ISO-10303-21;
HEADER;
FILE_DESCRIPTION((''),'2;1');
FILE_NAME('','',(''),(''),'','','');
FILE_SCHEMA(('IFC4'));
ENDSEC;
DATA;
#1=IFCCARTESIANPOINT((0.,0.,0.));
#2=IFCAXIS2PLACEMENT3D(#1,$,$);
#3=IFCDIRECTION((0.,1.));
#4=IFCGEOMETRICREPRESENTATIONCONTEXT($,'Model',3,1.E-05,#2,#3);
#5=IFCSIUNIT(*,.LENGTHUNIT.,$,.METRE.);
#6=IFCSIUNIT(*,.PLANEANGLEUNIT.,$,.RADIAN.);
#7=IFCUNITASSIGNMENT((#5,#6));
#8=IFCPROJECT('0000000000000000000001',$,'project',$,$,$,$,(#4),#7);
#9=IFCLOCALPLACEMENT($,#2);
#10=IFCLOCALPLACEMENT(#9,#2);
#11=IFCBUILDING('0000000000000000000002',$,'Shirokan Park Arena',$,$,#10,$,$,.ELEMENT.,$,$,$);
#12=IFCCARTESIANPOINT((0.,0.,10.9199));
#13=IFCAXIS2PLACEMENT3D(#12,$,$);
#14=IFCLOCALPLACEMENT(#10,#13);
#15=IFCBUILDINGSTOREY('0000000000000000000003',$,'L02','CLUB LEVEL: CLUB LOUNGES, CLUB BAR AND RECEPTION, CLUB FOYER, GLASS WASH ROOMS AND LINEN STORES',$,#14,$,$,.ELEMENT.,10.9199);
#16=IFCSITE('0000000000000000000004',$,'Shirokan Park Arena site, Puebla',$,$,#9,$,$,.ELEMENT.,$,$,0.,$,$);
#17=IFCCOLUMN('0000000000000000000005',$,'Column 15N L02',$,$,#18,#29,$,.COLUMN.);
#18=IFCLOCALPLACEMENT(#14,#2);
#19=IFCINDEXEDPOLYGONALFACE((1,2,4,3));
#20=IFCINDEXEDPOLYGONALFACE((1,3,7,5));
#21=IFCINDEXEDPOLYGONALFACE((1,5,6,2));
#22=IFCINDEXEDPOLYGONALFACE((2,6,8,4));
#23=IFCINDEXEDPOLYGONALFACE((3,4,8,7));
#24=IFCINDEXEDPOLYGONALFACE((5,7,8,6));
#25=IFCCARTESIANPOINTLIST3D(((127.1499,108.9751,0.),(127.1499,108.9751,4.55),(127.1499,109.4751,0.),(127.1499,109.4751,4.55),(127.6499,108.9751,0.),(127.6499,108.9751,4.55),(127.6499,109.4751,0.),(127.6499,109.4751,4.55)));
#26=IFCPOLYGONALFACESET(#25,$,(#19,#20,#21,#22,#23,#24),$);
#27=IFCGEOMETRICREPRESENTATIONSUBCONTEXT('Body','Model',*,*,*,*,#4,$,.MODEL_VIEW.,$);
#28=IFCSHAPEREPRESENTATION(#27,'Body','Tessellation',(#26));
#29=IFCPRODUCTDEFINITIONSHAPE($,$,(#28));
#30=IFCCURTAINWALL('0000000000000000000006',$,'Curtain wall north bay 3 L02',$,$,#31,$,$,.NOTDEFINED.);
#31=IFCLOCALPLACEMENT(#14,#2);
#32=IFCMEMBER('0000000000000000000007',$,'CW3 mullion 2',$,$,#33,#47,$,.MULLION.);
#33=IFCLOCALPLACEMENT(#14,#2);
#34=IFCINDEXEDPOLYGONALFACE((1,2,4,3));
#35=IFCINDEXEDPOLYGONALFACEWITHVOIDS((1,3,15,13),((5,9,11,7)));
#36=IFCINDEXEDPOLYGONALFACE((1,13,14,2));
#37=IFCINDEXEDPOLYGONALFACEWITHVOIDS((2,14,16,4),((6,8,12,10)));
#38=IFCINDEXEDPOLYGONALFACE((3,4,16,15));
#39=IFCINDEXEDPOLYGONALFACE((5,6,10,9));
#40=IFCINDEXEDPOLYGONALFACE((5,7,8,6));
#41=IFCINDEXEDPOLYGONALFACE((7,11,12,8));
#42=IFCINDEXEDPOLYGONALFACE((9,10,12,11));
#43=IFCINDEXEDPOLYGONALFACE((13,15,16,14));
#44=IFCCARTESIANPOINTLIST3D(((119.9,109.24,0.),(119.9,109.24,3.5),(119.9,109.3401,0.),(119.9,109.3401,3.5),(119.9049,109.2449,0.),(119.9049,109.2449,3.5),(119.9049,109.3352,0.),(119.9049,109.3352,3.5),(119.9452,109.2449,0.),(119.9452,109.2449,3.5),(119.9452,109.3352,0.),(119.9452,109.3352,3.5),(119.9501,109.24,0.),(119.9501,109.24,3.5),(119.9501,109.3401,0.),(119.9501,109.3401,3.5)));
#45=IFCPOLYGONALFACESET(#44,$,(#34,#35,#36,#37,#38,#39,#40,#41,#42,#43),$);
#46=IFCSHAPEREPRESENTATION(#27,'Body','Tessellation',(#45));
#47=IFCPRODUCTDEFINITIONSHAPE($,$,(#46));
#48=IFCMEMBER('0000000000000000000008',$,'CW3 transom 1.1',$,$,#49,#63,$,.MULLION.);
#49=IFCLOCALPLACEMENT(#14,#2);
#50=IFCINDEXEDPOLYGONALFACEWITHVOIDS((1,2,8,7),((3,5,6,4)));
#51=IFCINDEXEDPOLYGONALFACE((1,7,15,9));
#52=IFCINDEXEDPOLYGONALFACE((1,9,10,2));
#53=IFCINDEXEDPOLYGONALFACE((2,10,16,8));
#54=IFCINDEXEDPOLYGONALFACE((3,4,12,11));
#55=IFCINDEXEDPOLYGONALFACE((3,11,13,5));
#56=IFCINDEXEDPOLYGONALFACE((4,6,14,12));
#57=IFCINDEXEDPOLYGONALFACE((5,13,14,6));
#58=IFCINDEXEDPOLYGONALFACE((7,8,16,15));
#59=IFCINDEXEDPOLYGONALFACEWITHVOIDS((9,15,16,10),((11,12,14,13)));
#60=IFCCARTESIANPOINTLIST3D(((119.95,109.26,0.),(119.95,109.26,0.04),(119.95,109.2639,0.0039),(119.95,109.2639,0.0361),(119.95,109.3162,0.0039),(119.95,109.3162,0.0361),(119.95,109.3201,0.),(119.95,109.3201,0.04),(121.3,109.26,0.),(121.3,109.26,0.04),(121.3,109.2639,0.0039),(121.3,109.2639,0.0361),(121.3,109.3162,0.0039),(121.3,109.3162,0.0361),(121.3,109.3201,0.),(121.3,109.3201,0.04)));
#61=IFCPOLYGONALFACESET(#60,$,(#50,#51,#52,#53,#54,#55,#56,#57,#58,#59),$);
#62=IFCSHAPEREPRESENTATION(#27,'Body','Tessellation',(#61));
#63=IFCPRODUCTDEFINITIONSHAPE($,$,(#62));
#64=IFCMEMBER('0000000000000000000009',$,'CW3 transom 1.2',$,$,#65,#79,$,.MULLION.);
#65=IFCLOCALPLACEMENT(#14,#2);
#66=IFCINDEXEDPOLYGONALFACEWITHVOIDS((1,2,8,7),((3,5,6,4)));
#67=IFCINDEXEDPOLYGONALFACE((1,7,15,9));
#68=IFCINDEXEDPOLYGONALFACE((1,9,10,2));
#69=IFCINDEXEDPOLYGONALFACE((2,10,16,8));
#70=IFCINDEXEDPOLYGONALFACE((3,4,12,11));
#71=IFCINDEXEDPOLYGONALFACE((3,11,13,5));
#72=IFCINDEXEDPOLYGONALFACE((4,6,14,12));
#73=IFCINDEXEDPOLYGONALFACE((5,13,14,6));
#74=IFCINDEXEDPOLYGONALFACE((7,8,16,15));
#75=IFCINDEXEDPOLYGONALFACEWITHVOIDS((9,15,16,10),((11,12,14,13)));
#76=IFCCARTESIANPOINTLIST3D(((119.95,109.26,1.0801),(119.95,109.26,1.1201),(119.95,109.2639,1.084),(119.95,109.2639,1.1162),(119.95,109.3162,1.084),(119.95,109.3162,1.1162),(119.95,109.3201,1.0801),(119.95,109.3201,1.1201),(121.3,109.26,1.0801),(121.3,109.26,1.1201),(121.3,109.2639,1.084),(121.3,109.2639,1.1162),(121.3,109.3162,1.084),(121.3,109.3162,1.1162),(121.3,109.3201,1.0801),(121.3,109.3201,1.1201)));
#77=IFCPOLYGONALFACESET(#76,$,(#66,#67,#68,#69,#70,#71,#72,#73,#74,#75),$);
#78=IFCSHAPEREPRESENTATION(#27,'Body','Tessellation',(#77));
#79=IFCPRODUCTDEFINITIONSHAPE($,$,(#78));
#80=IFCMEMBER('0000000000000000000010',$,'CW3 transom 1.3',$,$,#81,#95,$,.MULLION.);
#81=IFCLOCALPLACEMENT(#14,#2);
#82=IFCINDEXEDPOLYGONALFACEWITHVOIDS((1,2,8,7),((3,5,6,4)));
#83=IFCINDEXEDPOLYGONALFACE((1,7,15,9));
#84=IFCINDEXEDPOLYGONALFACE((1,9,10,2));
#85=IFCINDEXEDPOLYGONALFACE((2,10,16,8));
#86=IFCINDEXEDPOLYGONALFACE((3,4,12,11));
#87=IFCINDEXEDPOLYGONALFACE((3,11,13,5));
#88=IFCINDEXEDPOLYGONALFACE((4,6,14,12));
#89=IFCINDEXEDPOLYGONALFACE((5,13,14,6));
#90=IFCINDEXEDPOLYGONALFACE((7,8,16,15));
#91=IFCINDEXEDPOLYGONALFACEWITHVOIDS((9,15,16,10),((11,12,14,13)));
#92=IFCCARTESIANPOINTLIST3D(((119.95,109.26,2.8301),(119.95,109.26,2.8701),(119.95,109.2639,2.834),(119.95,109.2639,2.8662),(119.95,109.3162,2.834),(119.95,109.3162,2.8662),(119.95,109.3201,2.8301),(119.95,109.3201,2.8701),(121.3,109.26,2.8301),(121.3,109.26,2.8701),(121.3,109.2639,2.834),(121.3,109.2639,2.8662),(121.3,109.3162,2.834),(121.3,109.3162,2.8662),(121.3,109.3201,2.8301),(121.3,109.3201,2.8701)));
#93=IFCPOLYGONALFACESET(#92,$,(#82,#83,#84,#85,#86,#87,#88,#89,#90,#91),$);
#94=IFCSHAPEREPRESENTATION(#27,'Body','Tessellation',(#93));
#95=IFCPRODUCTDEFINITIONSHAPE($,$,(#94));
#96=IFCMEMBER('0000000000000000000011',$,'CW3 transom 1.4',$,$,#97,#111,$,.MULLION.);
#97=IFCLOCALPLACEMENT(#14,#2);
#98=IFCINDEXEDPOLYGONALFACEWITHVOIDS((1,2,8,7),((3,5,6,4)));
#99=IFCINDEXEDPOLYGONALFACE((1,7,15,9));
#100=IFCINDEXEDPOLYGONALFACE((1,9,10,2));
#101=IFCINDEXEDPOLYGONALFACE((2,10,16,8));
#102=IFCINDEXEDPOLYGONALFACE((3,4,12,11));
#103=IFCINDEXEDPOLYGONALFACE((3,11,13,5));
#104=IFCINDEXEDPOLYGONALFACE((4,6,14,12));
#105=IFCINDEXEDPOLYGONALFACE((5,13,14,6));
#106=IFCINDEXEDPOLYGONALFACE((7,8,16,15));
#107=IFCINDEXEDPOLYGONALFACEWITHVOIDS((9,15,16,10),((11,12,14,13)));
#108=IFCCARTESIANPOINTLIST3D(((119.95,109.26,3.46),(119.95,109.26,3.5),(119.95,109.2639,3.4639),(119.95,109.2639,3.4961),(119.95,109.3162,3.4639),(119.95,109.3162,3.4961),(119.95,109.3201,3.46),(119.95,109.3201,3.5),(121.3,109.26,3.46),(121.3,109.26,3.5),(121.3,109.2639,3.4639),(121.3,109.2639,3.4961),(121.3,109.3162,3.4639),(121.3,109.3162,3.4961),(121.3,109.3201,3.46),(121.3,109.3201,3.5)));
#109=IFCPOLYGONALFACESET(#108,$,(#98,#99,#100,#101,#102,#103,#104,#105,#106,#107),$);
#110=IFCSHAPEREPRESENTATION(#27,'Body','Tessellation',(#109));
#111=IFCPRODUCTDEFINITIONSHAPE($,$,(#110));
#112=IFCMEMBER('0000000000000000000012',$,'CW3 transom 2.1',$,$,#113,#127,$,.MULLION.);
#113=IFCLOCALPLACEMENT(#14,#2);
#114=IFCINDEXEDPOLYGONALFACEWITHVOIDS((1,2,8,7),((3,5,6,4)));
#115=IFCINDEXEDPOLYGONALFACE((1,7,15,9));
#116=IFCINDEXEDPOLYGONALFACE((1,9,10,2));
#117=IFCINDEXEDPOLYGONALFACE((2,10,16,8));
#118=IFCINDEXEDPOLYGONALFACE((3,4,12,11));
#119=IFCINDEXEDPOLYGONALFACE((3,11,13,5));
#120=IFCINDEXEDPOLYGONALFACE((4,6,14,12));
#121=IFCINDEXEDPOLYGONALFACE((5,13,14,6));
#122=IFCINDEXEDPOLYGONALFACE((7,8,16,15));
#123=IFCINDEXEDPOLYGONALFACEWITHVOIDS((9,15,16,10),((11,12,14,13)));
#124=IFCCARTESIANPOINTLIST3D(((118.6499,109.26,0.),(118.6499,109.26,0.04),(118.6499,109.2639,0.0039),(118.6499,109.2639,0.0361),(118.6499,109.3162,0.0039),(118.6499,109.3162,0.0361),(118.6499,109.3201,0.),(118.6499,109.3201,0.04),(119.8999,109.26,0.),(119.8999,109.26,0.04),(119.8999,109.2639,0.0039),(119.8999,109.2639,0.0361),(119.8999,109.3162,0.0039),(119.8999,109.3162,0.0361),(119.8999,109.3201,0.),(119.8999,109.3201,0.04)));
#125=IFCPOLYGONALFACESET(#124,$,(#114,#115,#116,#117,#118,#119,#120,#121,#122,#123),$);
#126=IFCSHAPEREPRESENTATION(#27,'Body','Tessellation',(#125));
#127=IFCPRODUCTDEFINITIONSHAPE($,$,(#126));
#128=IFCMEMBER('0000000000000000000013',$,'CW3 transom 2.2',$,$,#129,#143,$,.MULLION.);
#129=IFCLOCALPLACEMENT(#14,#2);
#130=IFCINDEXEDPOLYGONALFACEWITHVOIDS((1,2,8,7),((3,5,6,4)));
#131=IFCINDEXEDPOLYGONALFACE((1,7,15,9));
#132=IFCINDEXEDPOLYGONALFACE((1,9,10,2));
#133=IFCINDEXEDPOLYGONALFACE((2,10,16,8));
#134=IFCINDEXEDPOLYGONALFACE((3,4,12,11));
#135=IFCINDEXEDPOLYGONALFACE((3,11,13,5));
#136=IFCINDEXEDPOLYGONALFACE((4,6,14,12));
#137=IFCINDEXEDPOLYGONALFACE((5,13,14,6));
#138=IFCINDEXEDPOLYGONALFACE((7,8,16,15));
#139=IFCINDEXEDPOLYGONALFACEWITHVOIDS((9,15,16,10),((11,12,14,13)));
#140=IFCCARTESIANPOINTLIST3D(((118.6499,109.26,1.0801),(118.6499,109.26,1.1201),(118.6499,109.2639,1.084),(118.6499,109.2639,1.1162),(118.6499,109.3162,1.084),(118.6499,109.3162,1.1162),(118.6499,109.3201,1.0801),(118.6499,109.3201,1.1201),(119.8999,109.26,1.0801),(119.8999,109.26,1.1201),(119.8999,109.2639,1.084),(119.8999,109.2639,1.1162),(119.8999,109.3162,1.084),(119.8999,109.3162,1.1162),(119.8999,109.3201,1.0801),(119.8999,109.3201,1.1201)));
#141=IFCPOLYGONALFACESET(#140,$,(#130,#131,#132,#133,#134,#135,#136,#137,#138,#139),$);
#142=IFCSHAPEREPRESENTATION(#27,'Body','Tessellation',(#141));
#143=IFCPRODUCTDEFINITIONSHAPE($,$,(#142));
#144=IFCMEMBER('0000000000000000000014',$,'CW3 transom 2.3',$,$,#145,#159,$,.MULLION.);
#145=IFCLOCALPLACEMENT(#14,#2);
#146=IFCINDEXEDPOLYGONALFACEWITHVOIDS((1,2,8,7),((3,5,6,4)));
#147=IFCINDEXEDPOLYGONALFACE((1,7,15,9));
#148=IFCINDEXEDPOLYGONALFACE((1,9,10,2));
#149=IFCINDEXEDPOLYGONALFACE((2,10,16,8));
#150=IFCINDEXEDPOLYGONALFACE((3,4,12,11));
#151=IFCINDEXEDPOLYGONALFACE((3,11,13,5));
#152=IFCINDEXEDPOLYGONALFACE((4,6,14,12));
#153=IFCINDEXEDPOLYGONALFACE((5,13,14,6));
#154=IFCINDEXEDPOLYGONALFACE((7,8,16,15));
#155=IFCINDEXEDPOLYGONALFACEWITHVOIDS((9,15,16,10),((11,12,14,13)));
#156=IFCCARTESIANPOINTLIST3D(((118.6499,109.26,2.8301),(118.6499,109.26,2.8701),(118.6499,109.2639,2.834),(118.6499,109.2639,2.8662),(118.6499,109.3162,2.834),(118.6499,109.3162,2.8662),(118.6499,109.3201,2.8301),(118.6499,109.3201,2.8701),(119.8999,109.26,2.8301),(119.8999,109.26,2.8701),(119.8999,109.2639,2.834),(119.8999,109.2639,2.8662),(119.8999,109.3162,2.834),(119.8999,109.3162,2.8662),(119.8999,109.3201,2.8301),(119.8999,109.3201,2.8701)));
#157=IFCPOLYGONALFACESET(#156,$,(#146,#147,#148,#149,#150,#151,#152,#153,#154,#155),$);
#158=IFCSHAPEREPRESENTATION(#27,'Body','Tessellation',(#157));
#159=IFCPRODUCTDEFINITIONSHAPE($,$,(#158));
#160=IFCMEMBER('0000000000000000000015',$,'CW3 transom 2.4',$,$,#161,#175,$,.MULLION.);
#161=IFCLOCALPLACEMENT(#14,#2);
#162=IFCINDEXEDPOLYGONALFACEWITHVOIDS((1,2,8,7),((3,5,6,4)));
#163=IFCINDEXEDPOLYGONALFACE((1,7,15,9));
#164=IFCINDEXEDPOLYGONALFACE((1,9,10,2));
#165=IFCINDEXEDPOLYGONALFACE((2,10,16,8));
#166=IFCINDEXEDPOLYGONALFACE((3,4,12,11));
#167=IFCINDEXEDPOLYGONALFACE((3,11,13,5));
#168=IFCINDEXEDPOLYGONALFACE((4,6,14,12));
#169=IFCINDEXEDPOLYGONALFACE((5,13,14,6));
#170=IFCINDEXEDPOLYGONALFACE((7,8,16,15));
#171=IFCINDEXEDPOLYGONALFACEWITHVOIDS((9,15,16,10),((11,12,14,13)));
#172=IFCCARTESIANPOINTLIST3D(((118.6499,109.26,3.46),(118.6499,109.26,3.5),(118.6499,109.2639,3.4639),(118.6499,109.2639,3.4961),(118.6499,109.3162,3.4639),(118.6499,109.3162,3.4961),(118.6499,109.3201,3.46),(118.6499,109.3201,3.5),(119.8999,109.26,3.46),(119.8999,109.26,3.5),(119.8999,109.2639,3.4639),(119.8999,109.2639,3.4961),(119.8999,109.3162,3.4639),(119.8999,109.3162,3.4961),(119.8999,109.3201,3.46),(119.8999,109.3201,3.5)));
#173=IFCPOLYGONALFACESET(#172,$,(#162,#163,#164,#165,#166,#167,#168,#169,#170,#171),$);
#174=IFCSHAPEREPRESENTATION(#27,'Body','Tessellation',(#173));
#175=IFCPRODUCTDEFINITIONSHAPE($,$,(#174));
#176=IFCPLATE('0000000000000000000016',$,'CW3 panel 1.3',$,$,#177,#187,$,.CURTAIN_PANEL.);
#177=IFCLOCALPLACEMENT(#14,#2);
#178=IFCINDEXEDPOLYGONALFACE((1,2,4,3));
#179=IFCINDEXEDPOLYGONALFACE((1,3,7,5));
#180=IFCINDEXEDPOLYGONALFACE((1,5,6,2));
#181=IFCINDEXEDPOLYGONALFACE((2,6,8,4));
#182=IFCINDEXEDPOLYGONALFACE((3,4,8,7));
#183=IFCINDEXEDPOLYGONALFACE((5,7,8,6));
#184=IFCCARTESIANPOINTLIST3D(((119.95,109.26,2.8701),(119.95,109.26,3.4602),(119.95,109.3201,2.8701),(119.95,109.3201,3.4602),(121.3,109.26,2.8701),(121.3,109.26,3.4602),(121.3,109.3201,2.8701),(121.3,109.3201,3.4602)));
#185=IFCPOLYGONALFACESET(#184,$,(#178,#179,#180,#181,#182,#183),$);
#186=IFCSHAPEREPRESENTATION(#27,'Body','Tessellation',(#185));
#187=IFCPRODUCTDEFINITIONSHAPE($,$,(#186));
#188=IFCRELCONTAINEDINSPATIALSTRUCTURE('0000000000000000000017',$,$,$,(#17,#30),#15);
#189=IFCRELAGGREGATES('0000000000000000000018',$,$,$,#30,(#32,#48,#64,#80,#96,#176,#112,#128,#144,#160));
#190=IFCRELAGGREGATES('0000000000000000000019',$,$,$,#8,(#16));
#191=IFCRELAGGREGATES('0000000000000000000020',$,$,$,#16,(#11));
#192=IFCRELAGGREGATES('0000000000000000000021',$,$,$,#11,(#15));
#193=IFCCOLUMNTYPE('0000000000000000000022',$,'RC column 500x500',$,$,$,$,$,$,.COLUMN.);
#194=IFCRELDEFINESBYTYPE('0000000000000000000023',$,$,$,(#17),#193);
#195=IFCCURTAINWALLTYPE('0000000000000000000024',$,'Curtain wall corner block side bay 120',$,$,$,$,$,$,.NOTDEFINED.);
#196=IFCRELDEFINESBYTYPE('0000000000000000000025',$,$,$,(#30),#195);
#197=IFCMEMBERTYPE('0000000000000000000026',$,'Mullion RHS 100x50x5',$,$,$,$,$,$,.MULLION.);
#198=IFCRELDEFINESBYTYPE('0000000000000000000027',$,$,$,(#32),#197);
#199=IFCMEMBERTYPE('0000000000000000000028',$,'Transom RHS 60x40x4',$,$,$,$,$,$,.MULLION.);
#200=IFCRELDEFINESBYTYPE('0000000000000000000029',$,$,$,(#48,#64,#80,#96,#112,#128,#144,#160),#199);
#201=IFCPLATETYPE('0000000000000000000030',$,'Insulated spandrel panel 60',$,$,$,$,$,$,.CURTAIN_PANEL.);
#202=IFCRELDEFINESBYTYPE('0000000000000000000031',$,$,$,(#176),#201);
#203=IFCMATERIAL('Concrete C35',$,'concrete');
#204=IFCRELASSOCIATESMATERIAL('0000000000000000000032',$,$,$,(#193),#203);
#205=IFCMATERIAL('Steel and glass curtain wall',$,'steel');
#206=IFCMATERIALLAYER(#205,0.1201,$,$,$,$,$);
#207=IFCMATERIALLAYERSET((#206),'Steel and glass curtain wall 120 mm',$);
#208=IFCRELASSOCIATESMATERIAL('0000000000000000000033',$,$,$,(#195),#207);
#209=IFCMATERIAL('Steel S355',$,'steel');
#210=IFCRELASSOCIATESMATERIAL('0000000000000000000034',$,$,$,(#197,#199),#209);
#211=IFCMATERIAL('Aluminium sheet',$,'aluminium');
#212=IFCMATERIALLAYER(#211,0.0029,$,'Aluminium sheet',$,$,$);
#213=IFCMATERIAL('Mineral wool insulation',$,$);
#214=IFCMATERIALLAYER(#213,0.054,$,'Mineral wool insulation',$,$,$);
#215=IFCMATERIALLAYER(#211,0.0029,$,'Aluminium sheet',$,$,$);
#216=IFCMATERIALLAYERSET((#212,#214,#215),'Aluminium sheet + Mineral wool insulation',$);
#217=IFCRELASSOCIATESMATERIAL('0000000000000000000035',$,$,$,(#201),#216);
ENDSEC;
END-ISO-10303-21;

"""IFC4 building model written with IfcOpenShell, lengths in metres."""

from ifc_helpers import new_model, si_unit, direction, frame, origin, origin_2d, place, context, subcontext, project, spatial, rectangle, hollow_rectangle, extrude, material, layer, layer_set, material_profile, profile_set, type_object, element, aggregate, save


model = new_model("IFC4")

# Units and contexts
model_context = context("Model", 3, precision=1e-05, world=origin(), true_north=direction((0.0, 1.0)))
body_context = subcontext(model_context, "Body", "Model", "MODEL_VIEW")
ifc_project = project(units=[si_unit("LENGTHUNIT", "METRE"), si_unit("PLANEANGLEUNIT", "RADIAN")], contexts=[model_context])

# Site, building, storey
site_placement = place(None, origin())
site = spatial("IfcSite", under=ifc_project, at=site_placement, Name="Shirokan Park Arena site, Puebla", CompositionType="ELEMENT", RefElevation=0.0)
building_placement = place(site_placement, origin())
building = spatial("IfcBuilding", under=site, at=building_placement, Name="Shirokan Park Arena", CompositionType="ELEMENT")
storey_placement = place(building_placement, frame((0.0, 0.0, 10.9199)))
storey = spatial("IfcBuildingStorey", under=building, at=storey_placement, Name="L02", Description="CLUB LEVEL: CLUB LOUNGES, CLUB BAR AND RECEPTION, CLUB FOYER, GLASS WASH ROOMS AND LINEN STORES", CompositionType="ELEMENT", Elevation=10.9199)

# Column
ifc_material_1 = material(Name="Concrete C35", Category="concrete")
ifc_material_profile_1 = material_profile(ifc_material_1, rectangle(XDim=0.5, YDim=0.5, at=origin_2d()), Name="500x500")
ifc_profile_set_1 = profile_set([ifc_material_profile_1], Name="Concrete C35")
column_type = type_object("IfcColumnType", Name="RC column 500x500", PredefinedType="COLUMN", material=ifc_profile_set_1)
column_placement = place(storey_placement, frame((127.3999, 109.2251, 0.0), z_axis=(0.0, 0.0, 1.0), x_axis=(1.0, 0.0, 0.0)))
element("IfcColumn", 1, at=column_placement, inside=storey, type_object=column_type, Name="Column 15N L02", PredefinedType="COLUMN", context=body_context, shape_type="SweptSolid", body=[
    extrude(rectangle(XDim=0.5, YDim=0.5, at=origin_2d()), origin(), (0.0, 0.0, 1.0), 4.55),
])

# Curtain wall, members, plate
ifc_material_2 = material(Name="Steel and glass curtain wall", Category="steel")
ifc_layer_1 = layer(ifc_material_2, 0.1201)
ifc_layer_set_1 = layer_set([ifc_layer_1], Name="Steel and glass curtain wall 120 mm")
curtain_wall_type = type_object("IfcCurtainWallType", Name="Curtain wall corner block side bay 120", PredefinedType="NOTDEFINED", material=ifc_layer_set_1)
curtain_wall_placement = place(storey_placement, origin())
curtain_wall = element("IfcCurtainWall", 2, at=curtain_wall_placement, inside=storey, type_object=curtain_wall_type, Name="Curtain wall north bay 3 L02", PredefinedType="NOTDEFINED")
ifc_material_3 = material(Name="Steel S355", Category="steel")
ifc_material_profile_2 = material_profile(ifc_material_3, hollow_rectangle(XDim=0.1001, YDim=0.05, WallThickness=0.0049, at=origin_2d()), Name="RHS 100x50x5")
ifc_profile_set_2 = profile_set([ifc_material_profile_2], Name="Steel S355")
member_type_1 = type_object("IfcMemberType", Name="Mullion RHS 100x50x5", PredefinedType="MULLION", material=ifc_profile_set_2)
member_1_placement = place(storey_placement, frame((119.925, 109.29, 0.0), z_axis=(0.0, 0.0, 1.0), x_axis=(0.0, -1.0, 0.0)))
member_1 = element("IfcMember", 3, at=member_1_placement, type_object=member_type_1, Name="CW3 mullion 2", PredefinedType="MULLION", context=body_context, shape_type="SweptSolid", body=[
    extrude(hollow_rectangle(XDim=0.1001, YDim=0.05, WallThickness=0.0049, at=origin_2d()), origin(), (0.0, 0.0, 1.0), 3.5),
])
ifc_material_profile_3 = material_profile(ifc_material_3, hollow_rectangle(XDim=0.0601, YDim=0.04, WallThickness=0.0039, at=origin_2d()), Name="RHS 60x40x4")
ifc_profile_set_3 = profile_set([ifc_material_profile_3], Name="Steel S355")
member_type_2 = type_object("IfcMemberType", Name="Transom RHS 60x40x4", PredefinedType="MULLION", material=ifc_profile_set_3)
member_2_placement = place(storey_placement, frame((121.3, 109.29, 0.02), z_axis=(-1.0, 0.0, 0.0), x_axis=(0.0, -1.0, 0.0)))
member_2 = element("IfcMember", 4, at=member_2_placement, type_object=member_type_2, Name="CW3 transom 1.1", PredefinedType="MULLION", context=body_context, shape_type="SweptSolid", body=[
    extrude(hollow_rectangle(XDim=0.0601, YDim=0.04, WallThickness=0.0039, at=origin_2d()), origin(), (0.0, 0.0, 1.0), 1.3501),
])
member_3_placement = place(storey_placement, frame((121.3, 109.29, 1.1001), z_axis=(-1.0, 0.0, 0.0), x_axis=(0.0, -1.0, 0.0)))
member_3 = element("IfcMember", 5, at=member_3_placement, type_object=member_type_2, Name="CW3 transom 1.2", PredefinedType="MULLION", context=body_context, shape_type="SweptSolid", body=[
    extrude(hollow_rectangle(XDim=0.0601, YDim=0.04, WallThickness=0.0039, at=origin_2d()), origin(), (0.0, 0.0, 1.0), 1.3501),
])
member_4_placement = place(storey_placement, frame((121.3, 109.29, 2.8501), z_axis=(-1.0, 0.0, 0.0), x_axis=(0.0, -1.0, 0.0)))
member_4 = element("IfcMember", 6, at=member_4_placement, type_object=member_type_2, Name="CW3 transom 1.3", PredefinedType="MULLION", context=body_context, shape_type="SweptSolid", body=[
    extrude(hollow_rectangle(XDim=0.0601, YDim=0.04, WallThickness=0.0039, at=origin_2d()), origin(), (0.0, 0.0, 1.0), 1.3501),
])
member_5_placement = place(storey_placement, frame((121.3, 109.29, 3.48), z_axis=(-1.0, 0.0, 0.0), x_axis=(0.0, -1.0, 0.0)))
member_5 = element("IfcMember", 7, at=member_5_placement, type_object=member_type_2, Name="CW3 transom 1.4", PredefinedType="MULLION", context=body_context, shape_type="SweptSolid", body=[
    extrude(hollow_rectangle(XDim=0.0601, YDim=0.04, WallThickness=0.0039, at=origin_2d()), origin(), (0.0, 0.0, 1.0), 1.3501),
])
member_6_placement = place(storey_placement, frame((119.8999, 109.29, 0.02), z_axis=(-1.0, 0.0, 0.0), x_axis=(0.0, -1.0, 0.0)))
member_6 = element("IfcMember", 8, at=member_6_placement, type_object=member_type_2, Name="CW3 transom 2.1", PredefinedType="MULLION", context=body_context, shape_type="SweptSolid", body=[
    extrude(hollow_rectangle(XDim=0.0601, YDim=0.04, WallThickness=0.0039, at=origin_2d()), origin(), (0.0, 0.0, 1.0), 1.25),
])
member_7_placement = place(storey_placement, frame((119.8999, 109.29, 1.1001), z_axis=(-1.0, 0.0, 0.0), x_axis=(0.0, -1.0, 0.0)))
member_7 = element("IfcMember", 9, at=member_7_placement, type_object=member_type_2, Name="CW3 transom 2.2", PredefinedType="MULLION", context=body_context, shape_type="SweptSolid", body=[
    extrude(hollow_rectangle(XDim=0.0601, YDim=0.04, WallThickness=0.0039, at=origin_2d()), origin(), (0.0, 0.0, 1.0), 1.25),
])
member_8_placement = place(storey_placement, frame((119.8999, 109.29, 2.8501), z_axis=(-1.0, 0.0, 0.0), x_axis=(0.0, -1.0, 0.0)))
member_8 = element("IfcMember", 10, at=member_8_placement, type_object=member_type_2, Name="CW3 transom 2.3", PredefinedType="MULLION", context=body_context, shape_type="SweptSolid", body=[
    extrude(hollow_rectangle(XDim=0.0601, YDim=0.04, WallThickness=0.0039, at=origin_2d()), origin(), (0.0, 0.0, 1.0), 1.25),
])
member_9_placement = place(storey_placement, frame((119.8999, 109.29, 3.48), z_axis=(-1.0, 0.0, 0.0), x_axis=(0.0, -1.0, 0.0)))
member_9 = element("IfcMember", 11, at=member_9_placement, type_object=member_type_2, Name="CW3 transom 2.4", PredefinedType="MULLION", context=body_context, shape_type="SweptSolid", body=[
    extrude(hollow_rectangle(XDim=0.0601, YDim=0.04, WallThickness=0.0039, at=origin_2d()), origin(), (0.0, 0.0, 1.0), 1.25),
])
ifc_material_4 = material(Name="Aluminium sheet", Category="aluminium")
ifc_layer_2 = layer(ifc_material_4, 0.0029, Name="Aluminium sheet")
ifc_material_5 = material(Name="Mineral wool insulation")
ifc_layer_3 = layer(ifc_material_5, 0.054, Name="Mineral wool insulation")
ifc_layer_4 = layer(ifc_material_4, 0.0029, Name="Aluminium sheet")
ifc_layer_set_2 = layer_set([ifc_layer_2, ifc_layer_3, ifc_layer_4], Name="Aluminium sheet + Mineral wool insulation")
plate_type_1 = type_object("IfcPlateType", Name="Insulated spandrel panel 60", PredefinedType="CURTAIN_PANEL", material=ifc_layer_set_2)
plate_1_placement = place(storey_placement, frame((120.625, 109.29, 2.8701), z_axis=(0.0, 0.0, 1.0), x_axis=(-1.0, 0.0, 0.0)))
plate_1 = element("IfcPlate", 12, at=plate_1_placement, type_object=plate_type_1, Name="CW3 panel 1.3", PredefinedType="CURTAIN_PANEL", context=body_context, shape_type="SweptSolid", body=[
    extrude(rectangle(XDim=1.3501, YDim=0.0601, at=origin_2d()), origin(), (0.0, 0.0, 1.0), 0.5901),
])
aggregate(curtain_wall, [member_1, member_2, member_3, member_4, member_5, plate_1, member_6, member_7, member_8, member_9])

save(model, "model.ifc")
